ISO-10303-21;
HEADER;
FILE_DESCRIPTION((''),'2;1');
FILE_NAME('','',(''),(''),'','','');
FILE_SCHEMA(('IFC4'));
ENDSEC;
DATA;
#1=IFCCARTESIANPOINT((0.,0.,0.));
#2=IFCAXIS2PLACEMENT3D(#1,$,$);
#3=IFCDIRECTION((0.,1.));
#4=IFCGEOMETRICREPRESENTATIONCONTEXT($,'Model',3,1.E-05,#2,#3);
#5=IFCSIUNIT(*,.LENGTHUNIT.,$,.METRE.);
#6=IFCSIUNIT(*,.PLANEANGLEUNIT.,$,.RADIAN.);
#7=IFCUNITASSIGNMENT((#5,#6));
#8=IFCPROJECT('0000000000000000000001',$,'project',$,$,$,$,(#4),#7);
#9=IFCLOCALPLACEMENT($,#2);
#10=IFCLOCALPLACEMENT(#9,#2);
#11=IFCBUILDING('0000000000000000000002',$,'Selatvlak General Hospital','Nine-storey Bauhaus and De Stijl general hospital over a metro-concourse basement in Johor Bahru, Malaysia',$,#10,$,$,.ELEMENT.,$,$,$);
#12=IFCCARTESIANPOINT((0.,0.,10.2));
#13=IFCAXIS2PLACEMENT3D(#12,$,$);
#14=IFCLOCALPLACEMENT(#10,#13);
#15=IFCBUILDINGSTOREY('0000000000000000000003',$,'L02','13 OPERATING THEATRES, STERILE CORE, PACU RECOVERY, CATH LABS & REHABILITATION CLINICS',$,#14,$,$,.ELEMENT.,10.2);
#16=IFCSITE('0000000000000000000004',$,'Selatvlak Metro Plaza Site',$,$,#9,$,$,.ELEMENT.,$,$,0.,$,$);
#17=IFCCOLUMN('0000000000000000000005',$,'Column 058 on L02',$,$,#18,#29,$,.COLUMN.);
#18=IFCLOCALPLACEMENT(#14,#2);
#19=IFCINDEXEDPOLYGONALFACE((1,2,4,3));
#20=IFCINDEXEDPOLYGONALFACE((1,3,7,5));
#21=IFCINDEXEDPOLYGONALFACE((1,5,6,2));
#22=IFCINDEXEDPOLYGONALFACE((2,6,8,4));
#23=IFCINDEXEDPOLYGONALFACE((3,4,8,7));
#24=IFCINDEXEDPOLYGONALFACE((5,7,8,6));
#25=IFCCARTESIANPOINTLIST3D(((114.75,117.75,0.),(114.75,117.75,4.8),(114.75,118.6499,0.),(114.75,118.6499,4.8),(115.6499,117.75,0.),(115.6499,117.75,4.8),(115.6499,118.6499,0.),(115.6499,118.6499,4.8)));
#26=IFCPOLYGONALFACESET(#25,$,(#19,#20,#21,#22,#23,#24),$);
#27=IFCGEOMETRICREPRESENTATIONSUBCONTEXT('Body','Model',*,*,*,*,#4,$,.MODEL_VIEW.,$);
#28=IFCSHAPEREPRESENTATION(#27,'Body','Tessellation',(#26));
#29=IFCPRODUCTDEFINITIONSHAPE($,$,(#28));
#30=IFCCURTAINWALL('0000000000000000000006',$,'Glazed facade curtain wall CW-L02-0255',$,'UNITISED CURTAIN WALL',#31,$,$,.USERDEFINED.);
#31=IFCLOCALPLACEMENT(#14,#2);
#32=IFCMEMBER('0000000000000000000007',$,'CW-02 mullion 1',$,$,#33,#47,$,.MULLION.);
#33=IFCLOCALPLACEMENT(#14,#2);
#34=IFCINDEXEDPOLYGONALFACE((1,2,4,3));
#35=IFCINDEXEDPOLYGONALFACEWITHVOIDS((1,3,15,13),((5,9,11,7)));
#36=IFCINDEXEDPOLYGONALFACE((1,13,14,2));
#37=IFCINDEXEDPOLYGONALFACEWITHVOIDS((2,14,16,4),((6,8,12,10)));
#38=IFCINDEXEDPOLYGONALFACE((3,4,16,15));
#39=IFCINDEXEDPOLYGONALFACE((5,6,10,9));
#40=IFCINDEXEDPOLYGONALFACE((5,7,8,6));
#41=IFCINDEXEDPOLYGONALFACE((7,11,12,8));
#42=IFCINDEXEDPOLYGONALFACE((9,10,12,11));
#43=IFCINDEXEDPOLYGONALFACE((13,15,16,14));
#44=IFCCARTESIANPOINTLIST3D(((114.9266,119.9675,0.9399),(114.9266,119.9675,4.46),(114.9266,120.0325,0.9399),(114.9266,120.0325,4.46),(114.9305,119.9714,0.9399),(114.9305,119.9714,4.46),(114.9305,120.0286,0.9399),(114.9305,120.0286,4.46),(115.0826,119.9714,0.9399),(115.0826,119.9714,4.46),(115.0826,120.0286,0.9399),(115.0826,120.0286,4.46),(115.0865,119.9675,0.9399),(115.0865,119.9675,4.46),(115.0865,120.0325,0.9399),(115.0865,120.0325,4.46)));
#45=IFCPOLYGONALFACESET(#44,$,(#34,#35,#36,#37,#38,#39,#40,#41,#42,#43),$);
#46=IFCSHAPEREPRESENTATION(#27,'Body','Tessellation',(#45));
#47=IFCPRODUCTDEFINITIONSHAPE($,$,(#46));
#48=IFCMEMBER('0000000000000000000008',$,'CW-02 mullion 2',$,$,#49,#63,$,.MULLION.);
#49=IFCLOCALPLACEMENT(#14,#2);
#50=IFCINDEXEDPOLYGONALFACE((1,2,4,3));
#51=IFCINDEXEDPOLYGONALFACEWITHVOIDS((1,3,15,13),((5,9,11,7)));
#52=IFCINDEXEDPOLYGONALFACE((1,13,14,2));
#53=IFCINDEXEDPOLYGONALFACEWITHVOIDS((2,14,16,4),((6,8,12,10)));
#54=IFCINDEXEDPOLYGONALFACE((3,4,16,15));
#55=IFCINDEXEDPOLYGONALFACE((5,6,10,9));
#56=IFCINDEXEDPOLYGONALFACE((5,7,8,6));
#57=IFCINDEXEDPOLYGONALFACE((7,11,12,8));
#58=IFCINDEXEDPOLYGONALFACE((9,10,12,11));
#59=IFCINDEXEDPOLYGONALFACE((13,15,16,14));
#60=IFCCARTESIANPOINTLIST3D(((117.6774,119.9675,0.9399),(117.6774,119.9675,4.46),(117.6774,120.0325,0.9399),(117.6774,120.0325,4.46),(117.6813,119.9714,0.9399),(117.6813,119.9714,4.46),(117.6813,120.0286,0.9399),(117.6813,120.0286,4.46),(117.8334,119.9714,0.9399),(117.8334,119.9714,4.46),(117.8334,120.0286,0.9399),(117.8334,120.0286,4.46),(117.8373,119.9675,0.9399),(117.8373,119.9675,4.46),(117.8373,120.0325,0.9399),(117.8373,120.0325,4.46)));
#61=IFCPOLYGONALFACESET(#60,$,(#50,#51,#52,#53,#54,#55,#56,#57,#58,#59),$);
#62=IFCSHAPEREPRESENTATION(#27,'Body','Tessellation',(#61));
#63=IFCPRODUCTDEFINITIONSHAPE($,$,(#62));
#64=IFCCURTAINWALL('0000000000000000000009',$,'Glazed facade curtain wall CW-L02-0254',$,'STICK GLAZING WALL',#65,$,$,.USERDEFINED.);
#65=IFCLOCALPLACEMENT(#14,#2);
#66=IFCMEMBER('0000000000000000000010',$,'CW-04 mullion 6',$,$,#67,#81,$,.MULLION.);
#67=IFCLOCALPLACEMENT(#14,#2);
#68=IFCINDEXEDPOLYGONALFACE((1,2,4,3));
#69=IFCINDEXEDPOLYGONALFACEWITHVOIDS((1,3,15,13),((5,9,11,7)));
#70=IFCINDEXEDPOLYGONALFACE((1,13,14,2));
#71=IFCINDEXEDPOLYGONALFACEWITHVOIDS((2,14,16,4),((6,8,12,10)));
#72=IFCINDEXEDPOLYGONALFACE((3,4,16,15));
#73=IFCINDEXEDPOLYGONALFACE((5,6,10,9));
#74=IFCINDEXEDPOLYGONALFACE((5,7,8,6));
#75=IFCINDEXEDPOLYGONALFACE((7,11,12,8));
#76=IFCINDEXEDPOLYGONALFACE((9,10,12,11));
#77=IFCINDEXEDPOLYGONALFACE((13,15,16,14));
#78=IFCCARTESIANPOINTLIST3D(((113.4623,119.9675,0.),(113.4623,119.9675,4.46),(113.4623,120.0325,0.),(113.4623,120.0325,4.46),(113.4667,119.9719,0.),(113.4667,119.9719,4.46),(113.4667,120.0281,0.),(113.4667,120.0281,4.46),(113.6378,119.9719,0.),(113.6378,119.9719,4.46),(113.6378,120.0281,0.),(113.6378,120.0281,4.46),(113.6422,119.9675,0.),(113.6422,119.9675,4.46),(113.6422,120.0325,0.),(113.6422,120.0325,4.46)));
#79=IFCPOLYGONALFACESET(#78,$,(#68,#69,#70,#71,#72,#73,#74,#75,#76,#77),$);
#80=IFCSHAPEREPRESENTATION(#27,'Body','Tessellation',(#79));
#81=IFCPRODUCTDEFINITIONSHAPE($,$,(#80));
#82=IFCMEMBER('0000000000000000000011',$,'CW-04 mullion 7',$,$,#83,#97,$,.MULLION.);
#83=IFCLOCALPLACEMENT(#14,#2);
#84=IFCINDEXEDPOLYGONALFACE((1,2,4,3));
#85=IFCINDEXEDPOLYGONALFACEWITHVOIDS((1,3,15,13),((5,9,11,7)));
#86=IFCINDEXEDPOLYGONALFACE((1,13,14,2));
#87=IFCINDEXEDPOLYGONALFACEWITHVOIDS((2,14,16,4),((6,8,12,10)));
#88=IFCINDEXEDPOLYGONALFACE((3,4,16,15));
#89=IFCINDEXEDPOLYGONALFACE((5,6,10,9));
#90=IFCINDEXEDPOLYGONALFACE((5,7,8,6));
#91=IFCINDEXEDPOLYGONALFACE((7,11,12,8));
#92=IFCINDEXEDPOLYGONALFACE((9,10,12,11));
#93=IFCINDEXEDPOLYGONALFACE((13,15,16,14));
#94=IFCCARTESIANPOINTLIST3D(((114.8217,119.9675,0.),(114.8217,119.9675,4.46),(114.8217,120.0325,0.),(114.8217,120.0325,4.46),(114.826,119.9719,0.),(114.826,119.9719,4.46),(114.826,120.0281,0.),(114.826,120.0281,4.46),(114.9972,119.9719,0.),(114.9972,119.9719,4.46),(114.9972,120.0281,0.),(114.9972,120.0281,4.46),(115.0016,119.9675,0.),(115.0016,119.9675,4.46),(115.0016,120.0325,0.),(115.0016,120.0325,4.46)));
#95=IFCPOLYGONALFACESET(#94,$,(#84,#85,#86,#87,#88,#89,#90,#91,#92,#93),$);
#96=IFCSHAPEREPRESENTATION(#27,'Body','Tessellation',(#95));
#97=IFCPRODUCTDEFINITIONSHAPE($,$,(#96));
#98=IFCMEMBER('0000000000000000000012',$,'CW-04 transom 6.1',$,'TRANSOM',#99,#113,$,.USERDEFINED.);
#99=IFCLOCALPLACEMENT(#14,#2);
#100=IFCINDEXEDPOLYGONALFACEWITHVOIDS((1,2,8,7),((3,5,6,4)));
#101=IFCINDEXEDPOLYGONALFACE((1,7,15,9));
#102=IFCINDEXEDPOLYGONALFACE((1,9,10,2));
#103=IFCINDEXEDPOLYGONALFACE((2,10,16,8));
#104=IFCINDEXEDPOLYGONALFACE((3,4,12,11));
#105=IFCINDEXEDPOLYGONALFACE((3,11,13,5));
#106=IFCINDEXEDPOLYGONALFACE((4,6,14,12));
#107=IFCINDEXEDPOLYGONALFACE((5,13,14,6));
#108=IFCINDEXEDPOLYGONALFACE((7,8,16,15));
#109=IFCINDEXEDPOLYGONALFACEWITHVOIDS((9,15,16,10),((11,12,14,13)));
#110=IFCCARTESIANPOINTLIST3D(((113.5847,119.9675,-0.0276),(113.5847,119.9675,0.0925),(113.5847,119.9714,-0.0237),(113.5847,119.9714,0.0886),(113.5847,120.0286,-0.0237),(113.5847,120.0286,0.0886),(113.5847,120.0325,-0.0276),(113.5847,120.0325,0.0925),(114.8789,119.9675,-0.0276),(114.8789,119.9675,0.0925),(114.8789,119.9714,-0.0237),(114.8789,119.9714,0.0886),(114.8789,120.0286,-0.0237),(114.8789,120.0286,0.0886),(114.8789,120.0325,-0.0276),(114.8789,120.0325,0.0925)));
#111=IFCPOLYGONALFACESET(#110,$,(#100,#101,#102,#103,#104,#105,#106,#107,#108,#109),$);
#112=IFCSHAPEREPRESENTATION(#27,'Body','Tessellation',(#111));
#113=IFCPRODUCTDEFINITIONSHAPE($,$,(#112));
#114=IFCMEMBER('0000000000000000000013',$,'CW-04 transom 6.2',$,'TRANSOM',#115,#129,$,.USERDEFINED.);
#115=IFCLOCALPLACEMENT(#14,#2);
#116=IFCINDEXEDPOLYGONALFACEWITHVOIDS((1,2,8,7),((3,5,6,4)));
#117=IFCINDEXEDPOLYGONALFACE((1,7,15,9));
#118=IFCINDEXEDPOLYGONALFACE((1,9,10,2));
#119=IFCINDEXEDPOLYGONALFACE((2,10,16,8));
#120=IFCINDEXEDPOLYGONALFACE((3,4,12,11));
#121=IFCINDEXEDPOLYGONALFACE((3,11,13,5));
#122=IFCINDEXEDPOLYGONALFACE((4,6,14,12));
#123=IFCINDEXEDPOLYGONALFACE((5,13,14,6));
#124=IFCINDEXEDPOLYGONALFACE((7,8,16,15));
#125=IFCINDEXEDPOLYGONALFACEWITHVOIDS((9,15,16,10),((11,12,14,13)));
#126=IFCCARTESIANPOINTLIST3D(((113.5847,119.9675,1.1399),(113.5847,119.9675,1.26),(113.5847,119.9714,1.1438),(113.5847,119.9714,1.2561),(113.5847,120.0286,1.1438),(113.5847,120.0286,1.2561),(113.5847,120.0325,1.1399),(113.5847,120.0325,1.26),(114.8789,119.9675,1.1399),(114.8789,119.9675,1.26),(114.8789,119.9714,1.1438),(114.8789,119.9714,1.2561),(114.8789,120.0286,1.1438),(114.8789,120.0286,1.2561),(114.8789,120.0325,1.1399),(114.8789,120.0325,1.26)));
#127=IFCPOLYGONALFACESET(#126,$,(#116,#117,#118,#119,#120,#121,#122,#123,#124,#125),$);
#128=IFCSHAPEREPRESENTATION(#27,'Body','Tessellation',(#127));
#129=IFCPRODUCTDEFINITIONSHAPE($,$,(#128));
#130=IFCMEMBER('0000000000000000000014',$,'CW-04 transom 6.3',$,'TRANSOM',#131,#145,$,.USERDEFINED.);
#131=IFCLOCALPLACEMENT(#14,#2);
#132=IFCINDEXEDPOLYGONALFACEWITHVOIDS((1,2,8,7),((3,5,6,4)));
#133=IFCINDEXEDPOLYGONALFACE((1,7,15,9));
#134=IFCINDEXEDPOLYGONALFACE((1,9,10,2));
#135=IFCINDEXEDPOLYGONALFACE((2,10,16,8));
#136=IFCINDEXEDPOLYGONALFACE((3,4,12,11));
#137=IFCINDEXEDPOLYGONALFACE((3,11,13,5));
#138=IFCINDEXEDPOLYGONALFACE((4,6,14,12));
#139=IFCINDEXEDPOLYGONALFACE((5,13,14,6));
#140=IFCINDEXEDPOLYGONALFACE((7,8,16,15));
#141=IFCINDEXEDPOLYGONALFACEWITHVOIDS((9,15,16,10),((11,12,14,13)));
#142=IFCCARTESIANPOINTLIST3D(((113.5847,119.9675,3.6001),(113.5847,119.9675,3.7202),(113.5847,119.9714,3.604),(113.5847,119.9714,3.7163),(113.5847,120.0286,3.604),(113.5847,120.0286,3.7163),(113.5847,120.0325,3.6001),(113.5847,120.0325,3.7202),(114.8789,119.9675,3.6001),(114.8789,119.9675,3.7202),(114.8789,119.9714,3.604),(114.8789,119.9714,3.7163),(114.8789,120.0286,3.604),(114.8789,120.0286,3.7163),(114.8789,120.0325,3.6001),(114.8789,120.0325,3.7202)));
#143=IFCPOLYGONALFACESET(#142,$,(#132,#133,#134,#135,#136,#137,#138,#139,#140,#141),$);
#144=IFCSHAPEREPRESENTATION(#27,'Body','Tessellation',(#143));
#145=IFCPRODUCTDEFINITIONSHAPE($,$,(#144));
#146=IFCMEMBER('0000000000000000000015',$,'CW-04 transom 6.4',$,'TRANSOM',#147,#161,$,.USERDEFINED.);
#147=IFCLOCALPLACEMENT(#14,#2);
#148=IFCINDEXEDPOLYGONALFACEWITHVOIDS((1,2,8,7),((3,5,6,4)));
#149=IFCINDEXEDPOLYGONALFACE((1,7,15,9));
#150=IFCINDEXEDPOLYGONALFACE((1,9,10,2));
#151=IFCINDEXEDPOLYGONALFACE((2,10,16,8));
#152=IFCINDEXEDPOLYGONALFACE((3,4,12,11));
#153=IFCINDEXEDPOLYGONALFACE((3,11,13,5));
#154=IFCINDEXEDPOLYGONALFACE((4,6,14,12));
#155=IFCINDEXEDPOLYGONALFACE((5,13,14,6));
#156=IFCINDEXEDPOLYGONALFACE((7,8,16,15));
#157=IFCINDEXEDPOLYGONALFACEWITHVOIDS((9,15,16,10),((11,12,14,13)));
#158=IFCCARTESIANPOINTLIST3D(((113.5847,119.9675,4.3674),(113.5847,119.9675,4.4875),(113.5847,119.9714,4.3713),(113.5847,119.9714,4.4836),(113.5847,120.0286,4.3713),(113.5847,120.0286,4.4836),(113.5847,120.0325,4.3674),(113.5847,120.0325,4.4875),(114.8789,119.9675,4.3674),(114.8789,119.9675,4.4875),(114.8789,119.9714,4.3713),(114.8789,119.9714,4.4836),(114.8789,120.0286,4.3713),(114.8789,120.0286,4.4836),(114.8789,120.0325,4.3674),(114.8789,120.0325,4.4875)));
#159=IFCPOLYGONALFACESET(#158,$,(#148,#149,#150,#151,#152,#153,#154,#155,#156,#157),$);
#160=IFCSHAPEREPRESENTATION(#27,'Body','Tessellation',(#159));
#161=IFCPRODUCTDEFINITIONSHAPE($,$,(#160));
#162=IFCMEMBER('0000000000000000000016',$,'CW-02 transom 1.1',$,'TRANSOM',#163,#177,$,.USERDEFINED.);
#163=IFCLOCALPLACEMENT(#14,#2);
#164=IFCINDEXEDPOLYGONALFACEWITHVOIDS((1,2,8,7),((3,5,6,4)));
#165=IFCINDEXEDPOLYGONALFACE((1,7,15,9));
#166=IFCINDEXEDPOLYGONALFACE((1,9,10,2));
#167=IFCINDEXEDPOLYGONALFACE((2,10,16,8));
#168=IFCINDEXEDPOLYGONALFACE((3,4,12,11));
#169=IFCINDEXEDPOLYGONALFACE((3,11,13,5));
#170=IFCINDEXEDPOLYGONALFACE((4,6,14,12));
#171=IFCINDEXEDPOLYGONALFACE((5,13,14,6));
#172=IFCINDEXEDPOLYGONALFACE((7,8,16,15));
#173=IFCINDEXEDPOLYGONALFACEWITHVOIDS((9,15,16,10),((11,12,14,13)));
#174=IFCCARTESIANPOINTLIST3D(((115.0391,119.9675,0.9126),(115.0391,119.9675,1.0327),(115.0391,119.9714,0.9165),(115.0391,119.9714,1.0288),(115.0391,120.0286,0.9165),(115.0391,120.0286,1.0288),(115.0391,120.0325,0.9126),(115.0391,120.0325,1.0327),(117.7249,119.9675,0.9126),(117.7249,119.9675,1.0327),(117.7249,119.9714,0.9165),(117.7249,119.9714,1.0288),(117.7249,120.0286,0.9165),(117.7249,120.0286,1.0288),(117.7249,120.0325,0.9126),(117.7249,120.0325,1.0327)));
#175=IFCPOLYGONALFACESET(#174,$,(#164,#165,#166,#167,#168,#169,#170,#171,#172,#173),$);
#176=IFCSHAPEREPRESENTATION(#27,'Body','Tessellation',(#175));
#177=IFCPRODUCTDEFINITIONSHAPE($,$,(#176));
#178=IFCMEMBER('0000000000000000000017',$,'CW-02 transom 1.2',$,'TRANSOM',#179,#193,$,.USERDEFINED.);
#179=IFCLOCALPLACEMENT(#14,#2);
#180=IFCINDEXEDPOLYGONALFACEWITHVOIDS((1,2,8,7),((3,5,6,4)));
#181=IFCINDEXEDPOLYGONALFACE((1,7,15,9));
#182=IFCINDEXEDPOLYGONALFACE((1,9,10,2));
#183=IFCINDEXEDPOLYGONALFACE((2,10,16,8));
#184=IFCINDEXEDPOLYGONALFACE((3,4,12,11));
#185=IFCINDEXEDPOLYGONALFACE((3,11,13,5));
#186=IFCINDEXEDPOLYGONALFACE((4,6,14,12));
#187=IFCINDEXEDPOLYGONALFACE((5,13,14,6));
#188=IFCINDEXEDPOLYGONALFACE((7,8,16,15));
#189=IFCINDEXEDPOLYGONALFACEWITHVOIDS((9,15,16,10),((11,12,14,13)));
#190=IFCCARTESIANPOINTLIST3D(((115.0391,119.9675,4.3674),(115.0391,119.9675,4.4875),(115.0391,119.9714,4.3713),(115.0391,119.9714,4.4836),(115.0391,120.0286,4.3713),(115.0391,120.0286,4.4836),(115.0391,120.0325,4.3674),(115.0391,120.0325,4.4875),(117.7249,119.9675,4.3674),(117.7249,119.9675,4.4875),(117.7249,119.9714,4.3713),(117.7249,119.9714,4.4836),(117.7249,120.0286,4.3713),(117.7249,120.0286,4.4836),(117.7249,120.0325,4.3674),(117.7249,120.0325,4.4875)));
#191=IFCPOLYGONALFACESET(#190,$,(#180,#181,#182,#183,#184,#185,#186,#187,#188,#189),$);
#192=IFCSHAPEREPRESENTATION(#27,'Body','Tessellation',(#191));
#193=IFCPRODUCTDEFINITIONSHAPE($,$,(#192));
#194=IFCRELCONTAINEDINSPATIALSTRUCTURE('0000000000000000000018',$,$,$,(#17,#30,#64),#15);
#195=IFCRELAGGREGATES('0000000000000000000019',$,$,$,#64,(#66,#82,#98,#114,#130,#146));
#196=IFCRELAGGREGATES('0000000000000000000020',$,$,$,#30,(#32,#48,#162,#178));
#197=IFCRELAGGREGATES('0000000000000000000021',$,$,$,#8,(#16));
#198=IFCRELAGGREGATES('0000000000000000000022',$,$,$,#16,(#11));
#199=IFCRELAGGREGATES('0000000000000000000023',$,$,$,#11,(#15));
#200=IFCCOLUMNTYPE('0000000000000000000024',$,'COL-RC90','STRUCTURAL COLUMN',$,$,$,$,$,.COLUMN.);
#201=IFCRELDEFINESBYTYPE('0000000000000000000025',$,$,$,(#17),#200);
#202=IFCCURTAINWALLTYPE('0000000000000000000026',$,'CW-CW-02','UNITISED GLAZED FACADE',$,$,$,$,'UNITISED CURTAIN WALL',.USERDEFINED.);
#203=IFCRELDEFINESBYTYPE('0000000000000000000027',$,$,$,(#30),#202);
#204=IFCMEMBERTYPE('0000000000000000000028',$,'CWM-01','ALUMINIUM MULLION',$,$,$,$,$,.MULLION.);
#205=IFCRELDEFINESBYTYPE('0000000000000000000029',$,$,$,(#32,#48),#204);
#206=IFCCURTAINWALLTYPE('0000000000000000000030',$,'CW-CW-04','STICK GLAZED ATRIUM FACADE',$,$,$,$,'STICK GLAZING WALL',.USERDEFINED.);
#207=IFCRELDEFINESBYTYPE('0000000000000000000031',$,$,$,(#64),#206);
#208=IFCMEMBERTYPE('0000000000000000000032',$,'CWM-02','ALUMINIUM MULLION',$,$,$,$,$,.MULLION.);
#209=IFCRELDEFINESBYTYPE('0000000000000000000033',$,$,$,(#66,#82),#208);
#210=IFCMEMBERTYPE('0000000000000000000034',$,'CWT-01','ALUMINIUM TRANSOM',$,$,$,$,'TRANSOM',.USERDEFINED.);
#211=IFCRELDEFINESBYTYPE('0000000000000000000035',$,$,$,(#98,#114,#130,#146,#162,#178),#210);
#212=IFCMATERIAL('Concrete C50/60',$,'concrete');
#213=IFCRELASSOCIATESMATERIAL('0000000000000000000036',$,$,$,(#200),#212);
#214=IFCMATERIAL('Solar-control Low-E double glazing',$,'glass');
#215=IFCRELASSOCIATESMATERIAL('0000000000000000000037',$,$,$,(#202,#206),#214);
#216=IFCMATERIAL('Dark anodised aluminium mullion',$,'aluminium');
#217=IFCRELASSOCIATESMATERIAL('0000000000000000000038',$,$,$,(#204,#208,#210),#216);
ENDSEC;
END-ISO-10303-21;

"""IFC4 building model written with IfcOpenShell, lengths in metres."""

from ifc_helpers import new_model, si_unit, direction, frame, origin, origin_2d, place, context, subcontext, project, spatial, rectangle, hollow_rectangle, extrude, material, material_profile, profile_set, type_object, element, aggregate, save


model = new_model("IFC4")

# Units and contexts
model_context = context("Model", 3, precision=1e-05, world=origin(), true_north=direction((0.0, 1.0)))
body_context = subcontext(model_context, "Body", "Model", "MODEL_VIEW")
ifc_project = project(units=[si_unit("LENGTHUNIT", "METRE"), si_unit("PLANEANGLEUNIT", "RADIAN")], contexts=[model_context])

# Site, building, storey
site_placement = place(None, origin())
site = spatial("IfcSite", under=ifc_project, at=site_placement, Name="Selatvlak Metro Plaza Site", CompositionType="ELEMENT", RefElevation=0.0)
building_placement = place(site_placement, origin())
building = spatial("IfcBuilding", under=site, at=building_placement, Name="Selatvlak General Hospital", Description="Nine-storey Bauhaus and De Stijl general hospital over a metro-concourse basement in Johor Bahru, Malaysia", CompositionType="ELEMENT")
storey_placement = place(building_placement, frame((0.0, 0.0, 10.2)))
storey = spatial("IfcBuildingStorey", under=building, at=storey_placement, Name="L02", Description="13 OPERATING THEATRES, STERILE CORE, PACU RECOVERY, CATH LABS & REHABILITATION CLINICS", CompositionType="ELEMENT", Elevation=10.2)

# Column
ifc_material_1 = material(Name="Concrete C50/60", Category="concrete")
ifc_material_profile_1 = material_profile(ifc_material_1, rectangle(XDim=0.8999, YDim=0.8999, at=origin_2d()), Name="RC-COL 900x900")
ifc_profile_set_1 = profile_set([ifc_material_profile_1], Name="Concrete C50/60")
column_type = type_object("IfcColumnType", Name="COL-RC90", Description="STRUCTURAL COLUMN", PredefinedType="COLUMN", material=ifc_profile_set_1)
column_placement = place(storey_placement, frame((115.2, 118.2, 0.0), z_axis=(0.0, 0.0, 1.0), x_axis=(1.0, 0.0, 0.0)))
element("IfcColumn", 1, at=column_placement, inside=storey, type_object=column_type, Name="Column 058 on L02", PredefinedType="COLUMN", context=body_context, shape_type="SweptSolid", body=[
    extrude(rectangle(XDim=0.8999, YDim=0.8999, at=origin_2d()), origin(), (0.0, 0.0, 1.0), 4.8),
])

# Curtain walls, members
ifc_material_2 = material(Name="Solar-control Low-E double glazing", Category="glass")
curtain_wall_type_1 = type_object("IfcCurtainWallType", Name="CW-CW-02", Description="UNITISED GLAZED FACADE", ElementType="UNITISED CURTAIN WALL", PredefinedType="USERDEFINED", material=ifc_material_2)
curtain_wall_1_placement = place(storey_placement, origin())
curtain_wall_1 = element("IfcCurtainWall", 2, at=curtain_wall_1_placement, inside=storey, type_object=curtain_wall_type_1, Name="Glazed facade curtain wall CW-L02-0255", ObjectType="UNITISED CURTAIN WALL", PredefinedType="USERDEFINED")
ifc_material_3 = material(Name="Dark anodised aluminium mullion", Category="aluminium")
ifc_material_profile_2 = material_profile(ifc_material_3, hollow_rectangle(XDim=0.0649, YDim=0.1599, WallThickness=0.0039, at=origin_2d()), Name="AL-MUL 65x160x4")
ifc_profile_set_2 = profile_set([ifc_material_profile_2], Name="Dark anodised aluminium mullion")
member_type_1 = type_object("IfcMemberType", Name="CWM-01", Description="ALUMINIUM MULLION", PredefinedType="MULLION", material=ifc_profile_set_2)
member_1_placement = place(storey_placement, frame((115.0066, 120.0, 0.9399), z_axis=(0.0, 0.0, 1.0), x_axis=(0.0, 1.0, 0.0)))
member_1 = element("IfcMember", 3, at=member_1_placement, type_object=member_type_1, Name="CW-02 mullion 1", PredefinedType="MULLION", context=body_context, shape_type="SweptSolid", body=[
    extrude(hollow_rectangle(XDim=0.0649, YDim=0.1599, WallThickness=0.0039, at=origin_2d()), origin(), (0.0, 0.0, 1.0), 3.52),
])
member_2_placement = place(storey_placement, frame((117.7573, 120.0, 0.9399), z_axis=(0.0, 0.0, 1.0), x_axis=(0.0, 1.0, 0.0)))
member_2 = element("IfcMember", 4, at=member_2_placement, type_object=member_type_1, Name="CW-02 mullion 2", PredefinedType="MULLION", context=body_context, shape_type="SweptSolid", body=[
    extrude(hollow_rectangle(XDim=0.0649, YDim=0.1599, WallThickness=0.0039, at=origin_2d()), origin(), (0.0, 0.0, 1.0), 3.52),
])
curtain_wall_type_2 = type_object("IfcCurtainWallType", Name="CW-CW-04", Description="STICK GLAZED ATRIUM FACADE", ElementType="STICK GLAZING WALL", PredefinedType="USERDEFINED", material=ifc_material_2)
curtain_wall_2_placement = place(storey_placement, origin())
curtain_wall_2 = element("IfcCurtainWall", 5, at=curtain_wall_2_placement, inside=storey, type_object=curtain_wall_type_2, Name="Glazed facade curtain wall CW-L02-0254", ObjectType="STICK GLAZING WALL", PredefinedType="USERDEFINED")
ifc_material_profile_3 = material_profile(ifc_material_3, hollow_rectangle(XDim=0.0649, YDim=0.1799, WallThickness=0.0044, at=origin_2d()), Name="AL-MUL 65x180x4.5")
ifc_profile_set_3 = profile_set([ifc_material_profile_3], Name="Dark anodised aluminium mullion")
member_type_2 = type_object("IfcMemberType", Name="CWM-02", Description="ALUMINIUM MULLION", PredefinedType="MULLION", material=ifc_profile_set_3)
member_3_placement = place(storey_placement, frame((113.5522, 120.0, 0.0), z_axis=(0.0, 0.0, 1.0), x_axis=(0.0, 1.0, 0.0)))
member_3 = element("IfcMember", 6, at=member_3_placement, type_object=member_type_2, Name="CW-04 mullion 6", PredefinedType="MULLION", context=body_context, shape_type="SweptSolid", body=[
    extrude(hollow_rectangle(XDim=0.0649, YDim=0.1799, WallThickness=0.0044, at=origin_2d()), origin(), (0.0, 0.0, 1.0), 4.46),
])
member_4_placement = place(storey_placement, frame((114.9116, 120.0, 0.0), z_axis=(0.0, 0.0, 1.0), x_axis=(0.0, 1.0, 0.0)))
member_4 = element("IfcMember", 7, at=member_4_placement, type_object=member_type_2, Name="CW-04 mullion 7", PredefinedType="MULLION", context=body_context, shape_type="SweptSolid", body=[
    extrude(hollow_rectangle(XDim=0.0649, YDim=0.1799, WallThickness=0.0044, at=origin_2d()), origin(), (0.0, 0.0, 1.0), 4.46),
])
ifc_material_profile_4 = material_profile(ifc_material_3, hollow_rectangle(XDim=0.0649, YDim=0.1201, WallThickness=0.0039, at=origin_2d()), Name="AL-TRN 65x120x4")
ifc_profile_set_4 = profile_set([ifc_material_profile_4], Name="Dark anodised aluminium mullion")
member_type_3 = type_object("IfcMemberType", Name="CWT-01", Description="ALUMINIUM TRANSOM", ElementType="TRANSOM", PredefinedType="USERDEFINED", material=ifc_profile_set_4)
member_5_placement = place(storey_placement, frame((113.5847, 120.0, 0.0325), z_axis=(1.0, 0.0, 0.0), x_axis=(0.0, 1.0, 0.0)))
member_5 = element("IfcMember", 8, at=member_5_placement, type_object=member_type_3, Name="CW-04 transom 6.1", ObjectType="TRANSOM", PredefinedType="USERDEFINED", context=body_context, shape_type="SweptSolid", body=[
    extrude(hollow_rectangle(XDim=0.0649, YDim=0.1201, WallThickness=0.0039, at=origin_2d()), origin(), (0.0, 0.0, 1.0), 1.2942),
])
member_6_placement = place(storey_placement, frame((113.5847, 120.0, 1.2), z_axis=(1.0, 0.0, 0.0), x_axis=(0.0, 1.0, 0.0)))
member_6 = element("IfcMember", 9, at=member_6_placement, type_object=member_type_3, Name="CW-04 transom 6.2", ObjectType="TRANSOM", PredefinedType="USERDEFINED", context=body_context, shape_type="SweptSolid", body=[
    extrude(hollow_rectangle(XDim=0.0649, YDim=0.1201, WallThickness=0.0039, at=origin_2d()), origin(), (0.0, 0.0, 1.0), 1.2942),
])
member_7_placement = place(storey_placement, frame((113.5847, 120.0, 3.6602), z_axis=(1.0, 0.0, 0.0), x_axis=(0.0, 1.0, 0.0)))
member_7 = element("IfcMember", 10, at=member_7_placement, type_object=member_type_3, Name="CW-04 transom 6.3", ObjectType="TRANSOM", PredefinedType="USERDEFINED", context=body_context, shape_type="SweptSolid", body=[
    extrude(hollow_rectangle(XDim=0.0649, YDim=0.1201, WallThickness=0.0039, at=origin_2d()), origin(), (0.0, 0.0, 1.0), 1.2942),
])
member_8_placement = place(storey_placement, frame((113.5847, 120.0, 4.4275), z_axis=(1.0, 0.0, 0.0), x_axis=(0.0, 1.0, 0.0)))
member_8 = element("IfcMember", 11, at=member_8_placement, type_object=member_type_3, Name="CW-04 transom 6.4", ObjectType="TRANSOM", PredefinedType="USERDEFINED", context=body_context, shape_type="SweptSolid", body=[
    extrude(hollow_rectangle(XDim=0.0649, YDim=0.1201, WallThickness=0.0039, at=origin_2d()), origin(), (0.0, 0.0, 1.0), 1.2942),
])

# Members
member_9_placement = place(storey_placement, frame((115.0391, 120.0, 0.9727), z_axis=(1.0, 0.0, 0.0), x_axis=(0.0, 1.0, 0.0)))
member_9 = element("IfcMember", 12, at=member_9_placement, type_object=member_type_3, Name="CW-02 transom 1.1", ObjectType="TRANSOM", PredefinedType="USERDEFINED", context=body_context, shape_type="SweptSolid", body=[
    extrude(hollow_rectangle(XDim=0.0649, YDim=0.1201, WallThickness=0.0039, at=origin_2d()), origin(), (0.0, 0.0, 1.0), 2.6858),
])
member_10_placement = place(storey_placement, frame((115.0391, 120.0, 4.4275), z_axis=(1.0, 0.0, 0.0), x_axis=(0.0, 1.0, 0.0)))
member_10 = element("IfcMember", 13, at=member_10_placement, type_object=member_type_3, Name="CW-02 transom 1.2", ObjectType="TRANSOM", PredefinedType="USERDEFINED", context=body_context, shape_type="SweptSolid", body=[
    extrude(hollow_rectangle(XDim=0.0649, YDim=0.1201, WallThickness=0.0039, at=origin_2d()), origin(), (0.0, 0.0, 1.0), 2.6858),
])

aggregate(curtain_wall_2, [member_3, member_4, member_5, member_6, member_7, member_8])
aggregate(curtain_wall_1, [member_1, member_2, member_9, member_10])

save(model, "model.ifc")
